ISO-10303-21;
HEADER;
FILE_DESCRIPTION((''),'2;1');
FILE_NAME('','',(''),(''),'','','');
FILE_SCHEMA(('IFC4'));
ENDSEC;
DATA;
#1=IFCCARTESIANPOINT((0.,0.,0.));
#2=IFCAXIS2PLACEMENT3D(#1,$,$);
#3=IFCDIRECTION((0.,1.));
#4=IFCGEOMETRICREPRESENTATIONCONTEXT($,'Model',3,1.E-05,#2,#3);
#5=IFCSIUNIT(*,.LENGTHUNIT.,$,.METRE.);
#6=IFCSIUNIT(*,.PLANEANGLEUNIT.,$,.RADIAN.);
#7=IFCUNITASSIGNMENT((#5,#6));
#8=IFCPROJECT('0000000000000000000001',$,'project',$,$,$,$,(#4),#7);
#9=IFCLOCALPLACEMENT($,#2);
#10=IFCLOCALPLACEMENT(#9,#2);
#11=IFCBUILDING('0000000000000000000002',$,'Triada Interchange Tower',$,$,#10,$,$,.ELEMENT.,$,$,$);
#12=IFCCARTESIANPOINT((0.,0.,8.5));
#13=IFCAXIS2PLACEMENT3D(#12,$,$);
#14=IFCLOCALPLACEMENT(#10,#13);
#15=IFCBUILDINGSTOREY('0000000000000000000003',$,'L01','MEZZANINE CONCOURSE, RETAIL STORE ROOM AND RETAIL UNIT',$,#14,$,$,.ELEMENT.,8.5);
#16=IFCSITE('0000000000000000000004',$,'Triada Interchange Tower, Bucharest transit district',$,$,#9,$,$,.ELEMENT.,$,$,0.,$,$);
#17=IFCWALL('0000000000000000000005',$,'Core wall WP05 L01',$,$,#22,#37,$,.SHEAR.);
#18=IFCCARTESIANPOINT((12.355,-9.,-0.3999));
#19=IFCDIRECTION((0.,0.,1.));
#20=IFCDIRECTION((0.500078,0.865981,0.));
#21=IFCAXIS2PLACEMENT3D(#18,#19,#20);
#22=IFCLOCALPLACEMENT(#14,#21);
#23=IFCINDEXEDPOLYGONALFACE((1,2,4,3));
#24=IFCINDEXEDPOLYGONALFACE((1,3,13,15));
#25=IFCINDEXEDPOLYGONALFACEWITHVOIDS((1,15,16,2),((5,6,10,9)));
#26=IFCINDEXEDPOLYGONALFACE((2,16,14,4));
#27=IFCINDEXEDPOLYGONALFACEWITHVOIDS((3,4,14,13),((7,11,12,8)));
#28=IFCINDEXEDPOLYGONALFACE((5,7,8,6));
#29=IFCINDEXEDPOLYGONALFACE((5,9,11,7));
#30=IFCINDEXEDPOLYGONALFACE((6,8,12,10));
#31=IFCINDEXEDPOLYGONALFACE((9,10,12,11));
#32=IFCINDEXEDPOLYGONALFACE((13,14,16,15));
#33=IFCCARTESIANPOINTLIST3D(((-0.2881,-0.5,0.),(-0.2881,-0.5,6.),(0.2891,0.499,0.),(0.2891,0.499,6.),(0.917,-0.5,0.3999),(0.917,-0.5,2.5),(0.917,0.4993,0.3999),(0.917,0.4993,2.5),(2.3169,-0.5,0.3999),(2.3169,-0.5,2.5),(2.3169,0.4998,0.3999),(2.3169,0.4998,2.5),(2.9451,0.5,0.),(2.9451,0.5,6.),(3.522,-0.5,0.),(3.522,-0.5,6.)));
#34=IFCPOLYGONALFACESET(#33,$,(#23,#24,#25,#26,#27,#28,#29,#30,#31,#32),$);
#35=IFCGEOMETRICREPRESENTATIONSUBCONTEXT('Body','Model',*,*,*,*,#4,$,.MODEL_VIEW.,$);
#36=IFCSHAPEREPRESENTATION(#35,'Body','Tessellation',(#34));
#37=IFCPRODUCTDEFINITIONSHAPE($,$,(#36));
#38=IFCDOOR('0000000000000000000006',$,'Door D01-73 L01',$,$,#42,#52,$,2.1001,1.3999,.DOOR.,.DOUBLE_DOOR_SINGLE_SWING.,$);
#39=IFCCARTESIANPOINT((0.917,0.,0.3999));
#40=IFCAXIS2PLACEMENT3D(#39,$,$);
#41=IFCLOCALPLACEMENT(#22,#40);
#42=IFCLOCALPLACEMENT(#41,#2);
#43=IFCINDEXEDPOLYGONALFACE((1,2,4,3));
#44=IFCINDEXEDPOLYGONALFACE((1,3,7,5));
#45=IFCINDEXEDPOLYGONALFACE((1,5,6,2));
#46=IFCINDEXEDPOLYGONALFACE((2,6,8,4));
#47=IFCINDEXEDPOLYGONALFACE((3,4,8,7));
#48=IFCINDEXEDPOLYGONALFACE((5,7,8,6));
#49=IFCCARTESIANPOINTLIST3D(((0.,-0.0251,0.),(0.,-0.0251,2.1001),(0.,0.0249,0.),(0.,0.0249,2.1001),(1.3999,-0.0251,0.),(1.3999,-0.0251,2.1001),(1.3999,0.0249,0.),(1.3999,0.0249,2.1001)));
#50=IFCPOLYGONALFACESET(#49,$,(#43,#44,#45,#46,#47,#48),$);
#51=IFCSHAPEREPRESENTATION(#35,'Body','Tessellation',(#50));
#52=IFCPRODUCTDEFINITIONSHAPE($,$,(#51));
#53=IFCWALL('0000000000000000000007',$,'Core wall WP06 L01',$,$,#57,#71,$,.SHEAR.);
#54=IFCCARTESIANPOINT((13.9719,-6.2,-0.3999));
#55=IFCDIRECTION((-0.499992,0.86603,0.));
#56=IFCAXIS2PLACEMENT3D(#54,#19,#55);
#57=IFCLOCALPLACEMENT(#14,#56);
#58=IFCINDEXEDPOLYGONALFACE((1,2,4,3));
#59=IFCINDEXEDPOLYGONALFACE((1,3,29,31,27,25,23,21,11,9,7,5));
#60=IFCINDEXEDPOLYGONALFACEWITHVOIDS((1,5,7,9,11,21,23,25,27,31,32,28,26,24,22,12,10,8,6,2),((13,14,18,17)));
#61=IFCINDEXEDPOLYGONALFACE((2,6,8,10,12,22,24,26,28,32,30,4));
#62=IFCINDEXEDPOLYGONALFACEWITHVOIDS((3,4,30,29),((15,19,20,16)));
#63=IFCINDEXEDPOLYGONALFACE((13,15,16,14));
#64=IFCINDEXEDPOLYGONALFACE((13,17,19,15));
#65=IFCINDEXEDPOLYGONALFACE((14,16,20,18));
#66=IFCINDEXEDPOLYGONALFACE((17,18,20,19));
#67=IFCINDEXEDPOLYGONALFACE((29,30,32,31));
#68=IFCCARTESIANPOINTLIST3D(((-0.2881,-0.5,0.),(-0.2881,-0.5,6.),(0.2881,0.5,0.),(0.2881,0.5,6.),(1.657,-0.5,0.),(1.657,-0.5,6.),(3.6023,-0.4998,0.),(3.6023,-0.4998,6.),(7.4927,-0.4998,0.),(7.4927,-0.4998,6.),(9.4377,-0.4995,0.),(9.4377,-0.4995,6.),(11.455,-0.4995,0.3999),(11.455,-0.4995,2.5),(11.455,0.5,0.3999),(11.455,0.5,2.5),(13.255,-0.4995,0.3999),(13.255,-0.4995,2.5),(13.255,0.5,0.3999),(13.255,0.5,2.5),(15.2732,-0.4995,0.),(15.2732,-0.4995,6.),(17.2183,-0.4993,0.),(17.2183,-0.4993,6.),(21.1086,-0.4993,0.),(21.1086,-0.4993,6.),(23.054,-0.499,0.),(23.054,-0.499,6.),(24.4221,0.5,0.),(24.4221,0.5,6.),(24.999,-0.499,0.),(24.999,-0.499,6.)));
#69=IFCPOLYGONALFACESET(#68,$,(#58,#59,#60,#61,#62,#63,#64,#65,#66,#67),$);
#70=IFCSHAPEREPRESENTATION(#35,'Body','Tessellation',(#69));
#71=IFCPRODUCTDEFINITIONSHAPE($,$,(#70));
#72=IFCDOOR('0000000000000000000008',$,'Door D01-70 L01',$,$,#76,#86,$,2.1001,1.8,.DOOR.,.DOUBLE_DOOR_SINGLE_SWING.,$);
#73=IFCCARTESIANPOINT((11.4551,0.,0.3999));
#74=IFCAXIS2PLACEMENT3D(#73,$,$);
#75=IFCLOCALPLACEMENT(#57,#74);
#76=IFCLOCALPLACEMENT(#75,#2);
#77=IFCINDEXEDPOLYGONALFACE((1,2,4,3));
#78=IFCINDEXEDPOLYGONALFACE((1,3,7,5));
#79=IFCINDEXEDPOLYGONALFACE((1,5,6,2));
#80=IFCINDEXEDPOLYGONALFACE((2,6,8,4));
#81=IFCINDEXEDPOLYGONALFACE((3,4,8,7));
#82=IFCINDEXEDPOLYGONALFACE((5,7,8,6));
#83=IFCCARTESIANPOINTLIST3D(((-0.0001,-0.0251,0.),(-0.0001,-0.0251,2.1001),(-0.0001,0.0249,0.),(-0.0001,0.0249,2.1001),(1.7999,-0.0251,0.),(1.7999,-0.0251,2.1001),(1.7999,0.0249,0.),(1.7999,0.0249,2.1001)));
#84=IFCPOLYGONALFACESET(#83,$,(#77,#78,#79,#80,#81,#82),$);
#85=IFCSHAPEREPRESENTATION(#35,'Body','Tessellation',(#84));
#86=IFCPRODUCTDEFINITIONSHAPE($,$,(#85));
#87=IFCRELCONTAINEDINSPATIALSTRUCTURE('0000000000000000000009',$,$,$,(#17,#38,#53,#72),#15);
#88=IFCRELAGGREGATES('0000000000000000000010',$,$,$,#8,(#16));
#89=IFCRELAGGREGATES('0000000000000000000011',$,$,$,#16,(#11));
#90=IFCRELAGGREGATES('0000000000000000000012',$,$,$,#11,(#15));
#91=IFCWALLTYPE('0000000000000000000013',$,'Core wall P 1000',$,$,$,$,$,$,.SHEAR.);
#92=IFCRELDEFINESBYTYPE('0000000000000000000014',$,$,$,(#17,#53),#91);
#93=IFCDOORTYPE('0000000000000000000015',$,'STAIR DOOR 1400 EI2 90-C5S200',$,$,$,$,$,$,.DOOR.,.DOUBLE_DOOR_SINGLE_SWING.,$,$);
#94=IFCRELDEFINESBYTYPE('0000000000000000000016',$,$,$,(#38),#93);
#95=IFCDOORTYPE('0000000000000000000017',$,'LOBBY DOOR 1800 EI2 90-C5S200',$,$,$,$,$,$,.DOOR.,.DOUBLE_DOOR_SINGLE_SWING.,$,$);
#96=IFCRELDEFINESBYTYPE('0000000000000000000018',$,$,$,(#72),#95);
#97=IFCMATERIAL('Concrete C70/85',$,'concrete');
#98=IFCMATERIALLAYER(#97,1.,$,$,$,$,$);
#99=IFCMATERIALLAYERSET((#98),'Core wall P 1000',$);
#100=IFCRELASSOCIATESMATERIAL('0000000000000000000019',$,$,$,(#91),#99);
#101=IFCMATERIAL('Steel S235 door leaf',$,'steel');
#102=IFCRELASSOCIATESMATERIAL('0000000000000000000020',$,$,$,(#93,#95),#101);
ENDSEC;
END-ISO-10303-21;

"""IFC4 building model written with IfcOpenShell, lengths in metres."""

from ifc_helpers import new_model, si_unit, direction, frame, frame_2d, origin, place, context, subcontext, project, spatial, polyline, rectangle, outline, extrude, material, layer, layer_set, type_object, element, fill, save


model = new_model("IFC4")

# Units and contexts
model_context = context("Model", 3, precision=1e-05, world=origin(), true_north=direction((0.0, 1.0)))
body_context = subcontext(model_context, "Body", "Model", "MODEL_VIEW")
ifc_project = project(units=[si_unit("LENGTHUNIT", "METRE"), si_unit("PLANEANGLEUNIT", "RADIAN")], contexts=[model_context])

# Site, building, storey
site_placement = place(None, origin())
site = spatial("IfcSite", under=ifc_project, at=site_placement, Name="Triada Interchange Tower, Bucharest transit district", CompositionType="ELEMENT", RefElevation=0.0)
building_placement = place(site_placement, origin())
building = spatial("IfcBuilding", under=site, at=building_placement, Name="Triada Interchange Tower", CompositionType="ELEMENT")
storey_placement = place(building_placement, frame((0.0, 0.0, 8.5)))
storey = spatial("IfcBuildingStorey", under=building, at=storey_placement, Name="L01", Description="MEZZANINE CONCOURSE, RETAIL STORE ROOM AND RETAIL UNIT", CompositionType="ELEMENT", Elevation=8.5)

# Walls, openings, doors
ifc_material_1 = material(Name="Concrete C70/85", Category="concrete")
ifc_layer_1 = layer(ifc_material_1, 1.0)
ifc_layer_set_1 = layer_set([ifc_layer_1], Name="Core wall P 1000")
wall_type_1 = type_object("IfcWallType", Name="Core wall P 1000", PredefinedType="SHEAR", material=ifc_layer_set_1)
wall_1_placement = place(storey_placement, frame((12.355, -9.0, -0.3999), z_axis=(0.0, 0.0, 1.0), x_axis=(0.500078, 0.865981, 0.0)))
wall_1 = element("IfcWall", 1, at=wall_1_placement, inside=storey, type_object=wall_type_1, Name="Core wall WP05 L01", PredefinedType="SHEAR", context=body_context, shape_type="SweptSolid", body=[
    extrude(outline(polyline([(-0.2881, -0.5), (1.6169, -0.5), (3.522, -0.5), (2.9451, 0.5), (1.6172, 0.4995), (0.2891, 0.499), (-0.2881, -0.5)])), origin(), (0.0, 0.0, 1.0), 6.0),
])
opening_1_placement = place(wall_1_placement, frame((0.917, 0.0, 0.3999)))
opening_1 = element("IfcOpeningElement", 2, at=opening_1_placement, cuts=wall_1, PredefinedType="OPENING", context=body_context, shape_type="SweptSolid", body=[
    extrude(rectangle(XDim=1.3999, YDim=2.1001, at=frame_2d((0.7, 1.05))), frame((0.0, 0.51, 0.0), z_axis=(0.0, -1.0, 0.0), x_axis=(1.0, 0.0, 0.0)), (0.0, 0.0, 1.0), 1.02),
])
ifc_material_2 = material(Name="Steel S235 door leaf", Category="steel")
door_type_1 = type_object("IfcDoorType", Name="STAIR DOOR 1400 EI2 90-C5S200", OperationType="DOUBLE_DOOR_SINGLE_SWING", PredefinedType="DOOR", material=ifc_material_2)
door_1_placement = place(opening_1_placement, origin())
door_1 = element("IfcDoor", 3, at=door_1_placement, inside=storey, type_object=door_type_1, Name="Door D01-73 L01", OperationType="DOUBLE_DOOR_SINGLE_SWING", OverallHeight=2.1001, OverallWidth=1.3999, PredefinedType="DOOR", context=body_context, shape_type="SweptSolid", body=[
    extrude(rectangle(XDim=1.3999, YDim=2.1001, at=frame_2d((0.7, 1.05))), frame((0.0, 0.0249, 0.0), z_axis=(0.0, -1.0, 0.0), x_axis=(1.0, 0.0, 0.0)), (0.0, 0.0, 1.0), 0.05),
])
fill(opening_1, door_1)
wall_2_placement = place(storey_placement, frame((13.9719, -6.2, -0.3999), z_axis=(0.0, 0.0, 1.0), x_axis=(-0.499992, 0.86603, 0.0)))
wall_2 = element("IfcWall", 4, at=wall_2_placement, inside=storey, type_object=wall_type_1, Name="Core wall WP06 L01", PredefinedType="SHEAR", context=body_context, shape_type="SweptSolid", body=[
    extrude(outline(polyline([(-0.2881, -0.5), (1.657, -0.5), (3.6023, -0.4998), (5.5474, -0.4998), (7.4927, -0.4998), (9.4377, -0.4995), (11.3828, -0.4995), (13.3281, -0.4995), (15.2732, -0.4995), (17.2183, -0.4993), (19.1636, -0.4993), (21.1086, -0.4993), (23.054, -0.499), (24.999, -0.499), (24.4221, 0.5), (22.5657, 0.5), (20.7092, 0.5), (18.8528, 0.5), (16.9963, 0.5), (15.1399, 0.5), (13.2834, 0.5), (11.4268, 0.5), (9.5703, 0.5), (7.7139, 0.5), (5.8574, 0.5), (4.001, 0.5), (2.1445, 0.5), (0.2881, 0.5), (-0.2881, -0.5)])), origin(), (0.0, 0.0, 1.0), 6.0),
])
opening_2_placement = place(wall_2_placement, frame((11.4551, 0.0, 0.3999)))
opening_2 = element("IfcOpeningElement", 5, at=opening_2_placement, cuts=wall_2, PredefinedType="OPENING", context=body_context, shape_type="SweptSolid", body=[
    extrude(rectangle(XDim=1.8, YDim=2.1001, at=frame_2d((0.8999, 1.05))), frame((0.0, 0.51, 0.0), z_axis=(0.0, -1.0, 0.0), x_axis=(1.0, 0.0, 0.0)), (0.0, 0.0, 1.0), 1.02),
])
door_type_2 = type_object("IfcDoorType", Name="LOBBY DOOR 1800 EI2 90-C5S200", OperationType="DOUBLE_DOOR_SINGLE_SWING", PredefinedType="DOOR", material=ifc_material_2)
door_2_placement = place(opening_2_placement, origin())
door_2 = element("IfcDoor", 6, at=door_2_placement, inside=storey, type_object=door_type_2, Name="Door D01-70 L01", OperationType="DOUBLE_DOOR_SINGLE_SWING", OverallHeight=2.1001, OverallWidth=1.8, PredefinedType="DOOR", context=body_context, shape_type="SweptSolid", body=[
    extrude(rectangle(XDim=1.8, YDim=2.1001, at=frame_2d((0.8999, 1.05))), frame((0.0, 0.0249, 0.0), z_axis=(0.0, -1.0, 0.0), x_axis=(1.0, 0.0, 0.0)), (0.0, 0.0, 1.0), 0.05),
])
fill(opening_2, door_2)

save(model, "model.ifc")
